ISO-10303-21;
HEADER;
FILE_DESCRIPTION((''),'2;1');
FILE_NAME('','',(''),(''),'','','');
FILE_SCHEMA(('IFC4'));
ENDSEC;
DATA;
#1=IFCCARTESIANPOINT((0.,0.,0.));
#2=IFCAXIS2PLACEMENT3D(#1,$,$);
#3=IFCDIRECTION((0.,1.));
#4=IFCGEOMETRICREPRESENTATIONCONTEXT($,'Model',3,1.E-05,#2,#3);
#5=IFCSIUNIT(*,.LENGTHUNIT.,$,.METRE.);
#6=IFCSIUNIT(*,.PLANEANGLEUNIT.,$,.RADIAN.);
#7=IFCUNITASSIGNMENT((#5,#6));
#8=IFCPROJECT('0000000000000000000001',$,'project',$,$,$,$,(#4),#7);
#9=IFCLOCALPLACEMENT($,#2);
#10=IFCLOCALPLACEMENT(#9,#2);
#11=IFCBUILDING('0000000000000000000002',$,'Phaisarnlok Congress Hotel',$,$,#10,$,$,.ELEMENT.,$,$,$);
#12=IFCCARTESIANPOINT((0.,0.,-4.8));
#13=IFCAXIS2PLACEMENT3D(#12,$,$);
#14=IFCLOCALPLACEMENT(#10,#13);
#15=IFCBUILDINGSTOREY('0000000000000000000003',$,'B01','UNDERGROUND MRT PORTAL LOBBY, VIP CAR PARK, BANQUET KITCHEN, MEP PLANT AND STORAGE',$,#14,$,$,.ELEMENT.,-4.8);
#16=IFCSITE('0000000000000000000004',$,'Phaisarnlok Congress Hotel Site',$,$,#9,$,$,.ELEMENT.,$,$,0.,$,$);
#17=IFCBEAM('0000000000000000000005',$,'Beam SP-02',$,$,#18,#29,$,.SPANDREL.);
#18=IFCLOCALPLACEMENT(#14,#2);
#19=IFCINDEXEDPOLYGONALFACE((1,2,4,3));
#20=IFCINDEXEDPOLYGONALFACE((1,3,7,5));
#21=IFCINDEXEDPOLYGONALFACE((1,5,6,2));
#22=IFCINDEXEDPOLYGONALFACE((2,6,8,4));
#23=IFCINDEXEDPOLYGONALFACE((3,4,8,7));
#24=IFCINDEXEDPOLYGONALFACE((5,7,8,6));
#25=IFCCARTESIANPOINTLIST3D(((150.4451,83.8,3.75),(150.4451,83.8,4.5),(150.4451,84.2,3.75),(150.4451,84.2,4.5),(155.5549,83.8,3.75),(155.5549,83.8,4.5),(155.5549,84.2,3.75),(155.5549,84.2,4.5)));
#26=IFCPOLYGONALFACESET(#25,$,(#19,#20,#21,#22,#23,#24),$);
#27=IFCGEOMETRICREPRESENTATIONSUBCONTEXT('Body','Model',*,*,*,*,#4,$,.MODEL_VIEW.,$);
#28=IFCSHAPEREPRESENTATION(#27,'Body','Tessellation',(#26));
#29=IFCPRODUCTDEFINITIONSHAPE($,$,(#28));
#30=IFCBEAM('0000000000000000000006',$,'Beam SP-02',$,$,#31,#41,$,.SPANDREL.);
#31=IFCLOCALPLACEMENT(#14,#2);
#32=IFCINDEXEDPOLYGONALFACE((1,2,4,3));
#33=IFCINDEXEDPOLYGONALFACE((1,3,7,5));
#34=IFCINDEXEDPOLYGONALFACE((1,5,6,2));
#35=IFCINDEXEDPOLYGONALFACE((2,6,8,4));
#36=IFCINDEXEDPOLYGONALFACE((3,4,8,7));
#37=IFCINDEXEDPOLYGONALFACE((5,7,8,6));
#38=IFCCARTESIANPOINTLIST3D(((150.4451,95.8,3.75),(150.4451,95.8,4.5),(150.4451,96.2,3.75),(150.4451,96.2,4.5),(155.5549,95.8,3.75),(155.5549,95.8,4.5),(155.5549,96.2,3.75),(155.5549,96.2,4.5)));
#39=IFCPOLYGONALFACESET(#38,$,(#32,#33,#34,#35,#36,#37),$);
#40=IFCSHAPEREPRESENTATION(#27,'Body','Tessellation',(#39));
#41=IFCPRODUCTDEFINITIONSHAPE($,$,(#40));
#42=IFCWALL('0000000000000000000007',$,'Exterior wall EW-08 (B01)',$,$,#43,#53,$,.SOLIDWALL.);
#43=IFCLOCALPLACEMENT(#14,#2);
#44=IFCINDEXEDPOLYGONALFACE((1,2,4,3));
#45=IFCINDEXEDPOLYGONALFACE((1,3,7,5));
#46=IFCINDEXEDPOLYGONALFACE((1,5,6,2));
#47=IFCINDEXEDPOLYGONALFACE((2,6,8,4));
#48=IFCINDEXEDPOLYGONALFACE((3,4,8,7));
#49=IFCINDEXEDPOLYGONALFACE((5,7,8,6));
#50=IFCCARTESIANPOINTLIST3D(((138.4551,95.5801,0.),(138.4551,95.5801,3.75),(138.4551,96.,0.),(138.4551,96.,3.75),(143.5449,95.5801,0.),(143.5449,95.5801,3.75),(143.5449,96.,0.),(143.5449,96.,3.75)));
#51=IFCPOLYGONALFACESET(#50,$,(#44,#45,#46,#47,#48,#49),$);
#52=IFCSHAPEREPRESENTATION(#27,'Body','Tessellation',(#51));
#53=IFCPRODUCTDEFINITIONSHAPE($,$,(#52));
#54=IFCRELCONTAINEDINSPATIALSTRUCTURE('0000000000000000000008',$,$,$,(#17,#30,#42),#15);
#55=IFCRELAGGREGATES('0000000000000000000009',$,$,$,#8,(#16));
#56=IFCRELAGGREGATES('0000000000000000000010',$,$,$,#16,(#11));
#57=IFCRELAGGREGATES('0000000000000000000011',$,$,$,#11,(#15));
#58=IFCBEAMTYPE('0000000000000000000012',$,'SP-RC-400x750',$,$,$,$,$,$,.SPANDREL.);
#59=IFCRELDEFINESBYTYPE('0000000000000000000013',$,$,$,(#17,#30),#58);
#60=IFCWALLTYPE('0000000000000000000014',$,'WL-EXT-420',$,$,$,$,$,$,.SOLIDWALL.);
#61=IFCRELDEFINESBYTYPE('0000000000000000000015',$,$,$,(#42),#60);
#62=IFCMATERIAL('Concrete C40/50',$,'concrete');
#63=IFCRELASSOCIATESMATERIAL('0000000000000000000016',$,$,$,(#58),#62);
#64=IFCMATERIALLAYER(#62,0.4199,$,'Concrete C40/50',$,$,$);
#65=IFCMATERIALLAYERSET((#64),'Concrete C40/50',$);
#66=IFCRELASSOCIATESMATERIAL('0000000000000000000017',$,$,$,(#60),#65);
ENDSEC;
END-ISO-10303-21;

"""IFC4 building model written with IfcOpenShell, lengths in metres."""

from ifc_helpers import new_model, si_unit, direction, frame, frame_2d, origin, origin_2d, place, context, subcontext, project, spatial, rectangle, extrude, material, layer, layer_set, material_profile, profile_set, type_object, element, save


model = new_model("IFC4")

# Units and contexts
model_context = context("Model", 3, precision=1e-05, world=origin(), true_north=direction((0.0, 1.0)))
body_context = subcontext(model_context, "Body", "Model", "MODEL_VIEW")
ifc_project = project(units=[si_unit("LENGTHUNIT", "METRE"), si_unit("PLANEANGLEUNIT", "RADIAN")], contexts=[model_context])

# Site, building, storey
site_placement = place(None, origin())
site = spatial("IfcSite", under=ifc_project, at=site_placement, Name="Phaisarnlok Congress Hotel Site", CompositionType="ELEMENT", RefElevation=0.0)
building_placement = place(site_placement, origin())
building = spatial("IfcBuilding", under=site, at=building_placement, Name="Phaisarnlok Congress Hotel", CompositionType="ELEMENT")
storey_placement = place(building_placement, frame((0.0, 0.0, -4.8)))
storey = spatial("IfcBuildingStorey", under=building, at=storey_placement, Name="B01", Description="UNDERGROUND MRT PORTAL LOBBY, VIP CAR PARK, BANQUET KITCHEN, MEP PLANT AND STORAGE", CompositionType="ELEMENT", Elevation=-4.8)

# Shared definitions
ifc_material_1 = material(Name="Concrete C40/50", Category="concrete")

# Beams
ifc_material_profile_1 = material_profile(ifc_material_1, rectangle(XDim=0.3999, YDim=0.75, at=origin_2d()), Name="RC 400x750")
ifc_profile_set_1 = profile_set([ifc_material_profile_1], Name="Concrete C40/50")
beam_type_1 = type_object("IfcBeamType", Name="SP-RC-400x750", PredefinedType="SPANDREL", material=ifc_profile_set_1)
for number, where, z_axis, x_axis, name in (
    (1, (150.4451, 84.0, 4.125), (1.0, 0.0, 0.0), (0.0, 1.0, 0.0), "Beam SP-02"),
    (2, (150.4451, 96.0, 4.125), (1.0, 0.0, 0.0), (0.0, 1.0, 0.0), "Beam SP-02"),
):
    element("IfcBeam", number, at=place(storey_placement, frame(where, z_axis=z_axis, x_axis=x_axis)), inside=storey, type_object=beam_type_1, Name=name, PredefinedType="SPANDREL", context=body_context, shape_type="SweptSolid", body=[
        extrude(rectangle(XDim=0.3999, YDim=0.75, at=origin_2d()), origin(), (0.0, 0.0, 1.0), 5.1099),
    ])

# Wall
ifc_layer = layer(ifc_material_1, 0.4199, Name="Concrete C40/50")
ifc_layer_set = layer_set([ifc_layer], Name="Concrete C40/50")
wall_type = type_object("IfcWallType", Name="WL-EXT-420", PredefinedType="SOLIDWALL", material=ifc_layer_set)
wall_placement = place(storey_placement, frame((143.5449, 95.79, 0.0), z_axis=(0.0, 0.0, 1.0), x_axis=(-1.0, 0.0, 0.0)))
element("IfcWall", 3, at=wall_placement, inside=storey, type_object=wall_type, Name="Exterior wall EW-08 (B01)", PredefinedType="SOLIDWALL", context=body_context, shape_type="SweptSolid", body=[
    extrude(rectangle(XDim=5.0898, YDim=0.4199, at=frame_2d((2.5449, 0.0))), origin(), (0.0, 0.0, 1.0), 3.75),
])

save(model, "model.ifc")
